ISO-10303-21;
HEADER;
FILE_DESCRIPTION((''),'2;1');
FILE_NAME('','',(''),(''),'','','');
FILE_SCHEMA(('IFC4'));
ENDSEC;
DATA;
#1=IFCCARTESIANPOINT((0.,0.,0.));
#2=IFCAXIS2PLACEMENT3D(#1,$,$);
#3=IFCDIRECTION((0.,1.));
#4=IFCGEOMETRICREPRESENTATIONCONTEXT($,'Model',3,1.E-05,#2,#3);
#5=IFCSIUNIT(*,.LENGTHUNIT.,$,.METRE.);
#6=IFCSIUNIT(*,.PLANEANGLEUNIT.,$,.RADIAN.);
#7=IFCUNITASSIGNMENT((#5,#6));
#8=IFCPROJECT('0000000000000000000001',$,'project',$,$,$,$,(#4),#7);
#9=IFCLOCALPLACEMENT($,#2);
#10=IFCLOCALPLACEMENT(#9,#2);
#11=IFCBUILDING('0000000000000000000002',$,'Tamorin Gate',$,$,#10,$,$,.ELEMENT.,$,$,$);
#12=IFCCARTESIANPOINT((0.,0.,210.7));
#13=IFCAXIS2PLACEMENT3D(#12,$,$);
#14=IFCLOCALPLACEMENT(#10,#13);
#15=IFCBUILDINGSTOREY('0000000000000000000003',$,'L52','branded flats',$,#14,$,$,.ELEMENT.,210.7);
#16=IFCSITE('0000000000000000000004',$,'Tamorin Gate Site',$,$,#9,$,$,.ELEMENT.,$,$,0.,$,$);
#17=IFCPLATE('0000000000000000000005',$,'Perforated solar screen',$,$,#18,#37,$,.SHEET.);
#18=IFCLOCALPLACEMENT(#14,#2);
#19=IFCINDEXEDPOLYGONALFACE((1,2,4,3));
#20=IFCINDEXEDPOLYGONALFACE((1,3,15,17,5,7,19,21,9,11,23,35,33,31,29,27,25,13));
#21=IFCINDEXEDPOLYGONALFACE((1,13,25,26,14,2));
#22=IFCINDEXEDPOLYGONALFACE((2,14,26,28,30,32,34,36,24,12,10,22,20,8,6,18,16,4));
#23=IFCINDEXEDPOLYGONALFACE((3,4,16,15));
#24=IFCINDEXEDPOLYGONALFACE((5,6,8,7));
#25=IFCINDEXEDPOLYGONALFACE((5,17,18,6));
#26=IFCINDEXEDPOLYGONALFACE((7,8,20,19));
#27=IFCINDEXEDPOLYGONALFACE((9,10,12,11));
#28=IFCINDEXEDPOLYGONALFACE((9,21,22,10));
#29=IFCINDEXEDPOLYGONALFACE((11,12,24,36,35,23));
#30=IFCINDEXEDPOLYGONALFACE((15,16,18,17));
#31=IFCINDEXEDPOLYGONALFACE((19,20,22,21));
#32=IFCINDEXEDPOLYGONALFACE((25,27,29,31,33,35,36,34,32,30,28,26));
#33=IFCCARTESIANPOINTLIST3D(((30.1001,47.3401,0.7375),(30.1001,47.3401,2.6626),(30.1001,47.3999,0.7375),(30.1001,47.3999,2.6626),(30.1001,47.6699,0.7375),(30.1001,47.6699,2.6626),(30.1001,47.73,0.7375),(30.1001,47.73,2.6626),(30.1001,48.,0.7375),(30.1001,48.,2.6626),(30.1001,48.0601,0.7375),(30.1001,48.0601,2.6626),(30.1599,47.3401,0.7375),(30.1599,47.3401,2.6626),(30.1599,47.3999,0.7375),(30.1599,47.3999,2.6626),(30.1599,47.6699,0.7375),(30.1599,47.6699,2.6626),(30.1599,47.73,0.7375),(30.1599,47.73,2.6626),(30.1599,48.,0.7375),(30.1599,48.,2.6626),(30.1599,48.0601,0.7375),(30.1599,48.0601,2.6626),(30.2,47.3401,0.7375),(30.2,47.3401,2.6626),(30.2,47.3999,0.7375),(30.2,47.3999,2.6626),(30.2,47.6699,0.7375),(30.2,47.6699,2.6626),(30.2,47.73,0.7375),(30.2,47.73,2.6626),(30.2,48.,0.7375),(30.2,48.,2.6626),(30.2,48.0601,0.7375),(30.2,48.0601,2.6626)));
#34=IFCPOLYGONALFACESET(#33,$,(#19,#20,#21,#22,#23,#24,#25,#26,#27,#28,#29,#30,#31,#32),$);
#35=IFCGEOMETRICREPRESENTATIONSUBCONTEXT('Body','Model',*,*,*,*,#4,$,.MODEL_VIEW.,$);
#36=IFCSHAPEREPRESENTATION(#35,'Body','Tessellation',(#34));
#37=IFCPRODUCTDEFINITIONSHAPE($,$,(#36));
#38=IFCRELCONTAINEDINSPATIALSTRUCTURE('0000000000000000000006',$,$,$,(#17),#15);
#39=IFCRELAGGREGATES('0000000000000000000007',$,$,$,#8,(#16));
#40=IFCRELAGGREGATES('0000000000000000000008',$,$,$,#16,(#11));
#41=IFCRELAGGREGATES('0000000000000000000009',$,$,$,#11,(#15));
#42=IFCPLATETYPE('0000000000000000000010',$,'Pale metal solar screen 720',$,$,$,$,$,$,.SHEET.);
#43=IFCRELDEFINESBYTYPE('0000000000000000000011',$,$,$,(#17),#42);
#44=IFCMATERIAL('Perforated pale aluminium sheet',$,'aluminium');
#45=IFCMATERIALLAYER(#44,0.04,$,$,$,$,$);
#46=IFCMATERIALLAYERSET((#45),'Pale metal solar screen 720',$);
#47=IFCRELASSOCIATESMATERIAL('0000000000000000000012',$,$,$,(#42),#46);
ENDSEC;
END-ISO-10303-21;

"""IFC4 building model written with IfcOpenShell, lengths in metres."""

from ifc_helpers import new_model, si_unit, direction, frame, origin, place, context, subcontext, project, spatial, polyline, outline, extrude, material, layer, layer_set, type_object, element, save


model = new_model("IFC4")

# Units and contexts
model_context = context("Model", 3, precision=1e-05, world=origin(), true_north=direction((0.0, 1.0)))
body_context = subcontext(model_context, "Body", "Model", "MODEL_VIEW")
ifc_project = project(units=[si_unit("LENGTHUNIT", "METRE"), si_unit("PLANEANGLEUNIT", "RADIAN")], contexts=[model_context])

# Site, building, storey
site_placement = place(None, origin())
site = spatial("IfcSite", under=ifc_project, at=site_placement, Name="Tamorin Gate Site", CompositionType="ELEMENT", RefElevation=0.0)
building_placement = place(site_placement, origin())
building = spatial("IfcBuilding", under=site, at=building_placement, Name="Tamorin Gate", CompositionType="ELEMENT")
storey_placement = place(building_placement, frame((0.0, 0.0, 210.7)))
storey = spatial("IfcBuildingStorey", under=building, at=storey_placement, Name="L52", Description="branded flats", CompositionType="ELEMENT", Elevation=210.7)

# Plate
ifc_material_1 = material(Name="Perforated pale aluminium sheet", Category="aluminium")
ifc_layer_1 = layer(ifc_material_1, 0.04)
ifc_layer_set_1 = layer_set([ifc_layer_1], Name="Pale metal solar screen 720")
plate_type_1 = type_object("IfcPlateType", Name="Pale metal solar screen 720", PredefinedType="SHEET", material=ifc_layer_set_1)
plate_1_placement = place(storey_placement, frame((0.0, 0.0, 0.7375)))
element("IfcPlate", 1, at=plate_1_placement, inside=storey, type_object=plate_type_1, Name="Perforated solar screen", PredefinedType="SHEET", context=body_context, shape_type="SweptSolid", body=[
    extrude(outline(polyline([(30.1599, 48.0601), (30.2, 48.0601), (30.2, 48.0), (30.2, 47.73), (30.2, 47.6699), (30.2, 47.3999), (30.2, 47.3401), (30.1599, 47.3401), (30.1001, 47.3401), (30.1001, 47.3999), (30.1599, 47.3999), (30.1599, 47.6699), (30.1001, 47.6699), (30.1001, 47.73), (30.1599, 47.73), (30.1599, 48.0), (30.1001, 48.0), (30.1001, 48.0601), (30.1599, 48.0601)])), origin(), (0.0, 0.0, 1.0), 1.925),
])

save(model, "model.ifc")
